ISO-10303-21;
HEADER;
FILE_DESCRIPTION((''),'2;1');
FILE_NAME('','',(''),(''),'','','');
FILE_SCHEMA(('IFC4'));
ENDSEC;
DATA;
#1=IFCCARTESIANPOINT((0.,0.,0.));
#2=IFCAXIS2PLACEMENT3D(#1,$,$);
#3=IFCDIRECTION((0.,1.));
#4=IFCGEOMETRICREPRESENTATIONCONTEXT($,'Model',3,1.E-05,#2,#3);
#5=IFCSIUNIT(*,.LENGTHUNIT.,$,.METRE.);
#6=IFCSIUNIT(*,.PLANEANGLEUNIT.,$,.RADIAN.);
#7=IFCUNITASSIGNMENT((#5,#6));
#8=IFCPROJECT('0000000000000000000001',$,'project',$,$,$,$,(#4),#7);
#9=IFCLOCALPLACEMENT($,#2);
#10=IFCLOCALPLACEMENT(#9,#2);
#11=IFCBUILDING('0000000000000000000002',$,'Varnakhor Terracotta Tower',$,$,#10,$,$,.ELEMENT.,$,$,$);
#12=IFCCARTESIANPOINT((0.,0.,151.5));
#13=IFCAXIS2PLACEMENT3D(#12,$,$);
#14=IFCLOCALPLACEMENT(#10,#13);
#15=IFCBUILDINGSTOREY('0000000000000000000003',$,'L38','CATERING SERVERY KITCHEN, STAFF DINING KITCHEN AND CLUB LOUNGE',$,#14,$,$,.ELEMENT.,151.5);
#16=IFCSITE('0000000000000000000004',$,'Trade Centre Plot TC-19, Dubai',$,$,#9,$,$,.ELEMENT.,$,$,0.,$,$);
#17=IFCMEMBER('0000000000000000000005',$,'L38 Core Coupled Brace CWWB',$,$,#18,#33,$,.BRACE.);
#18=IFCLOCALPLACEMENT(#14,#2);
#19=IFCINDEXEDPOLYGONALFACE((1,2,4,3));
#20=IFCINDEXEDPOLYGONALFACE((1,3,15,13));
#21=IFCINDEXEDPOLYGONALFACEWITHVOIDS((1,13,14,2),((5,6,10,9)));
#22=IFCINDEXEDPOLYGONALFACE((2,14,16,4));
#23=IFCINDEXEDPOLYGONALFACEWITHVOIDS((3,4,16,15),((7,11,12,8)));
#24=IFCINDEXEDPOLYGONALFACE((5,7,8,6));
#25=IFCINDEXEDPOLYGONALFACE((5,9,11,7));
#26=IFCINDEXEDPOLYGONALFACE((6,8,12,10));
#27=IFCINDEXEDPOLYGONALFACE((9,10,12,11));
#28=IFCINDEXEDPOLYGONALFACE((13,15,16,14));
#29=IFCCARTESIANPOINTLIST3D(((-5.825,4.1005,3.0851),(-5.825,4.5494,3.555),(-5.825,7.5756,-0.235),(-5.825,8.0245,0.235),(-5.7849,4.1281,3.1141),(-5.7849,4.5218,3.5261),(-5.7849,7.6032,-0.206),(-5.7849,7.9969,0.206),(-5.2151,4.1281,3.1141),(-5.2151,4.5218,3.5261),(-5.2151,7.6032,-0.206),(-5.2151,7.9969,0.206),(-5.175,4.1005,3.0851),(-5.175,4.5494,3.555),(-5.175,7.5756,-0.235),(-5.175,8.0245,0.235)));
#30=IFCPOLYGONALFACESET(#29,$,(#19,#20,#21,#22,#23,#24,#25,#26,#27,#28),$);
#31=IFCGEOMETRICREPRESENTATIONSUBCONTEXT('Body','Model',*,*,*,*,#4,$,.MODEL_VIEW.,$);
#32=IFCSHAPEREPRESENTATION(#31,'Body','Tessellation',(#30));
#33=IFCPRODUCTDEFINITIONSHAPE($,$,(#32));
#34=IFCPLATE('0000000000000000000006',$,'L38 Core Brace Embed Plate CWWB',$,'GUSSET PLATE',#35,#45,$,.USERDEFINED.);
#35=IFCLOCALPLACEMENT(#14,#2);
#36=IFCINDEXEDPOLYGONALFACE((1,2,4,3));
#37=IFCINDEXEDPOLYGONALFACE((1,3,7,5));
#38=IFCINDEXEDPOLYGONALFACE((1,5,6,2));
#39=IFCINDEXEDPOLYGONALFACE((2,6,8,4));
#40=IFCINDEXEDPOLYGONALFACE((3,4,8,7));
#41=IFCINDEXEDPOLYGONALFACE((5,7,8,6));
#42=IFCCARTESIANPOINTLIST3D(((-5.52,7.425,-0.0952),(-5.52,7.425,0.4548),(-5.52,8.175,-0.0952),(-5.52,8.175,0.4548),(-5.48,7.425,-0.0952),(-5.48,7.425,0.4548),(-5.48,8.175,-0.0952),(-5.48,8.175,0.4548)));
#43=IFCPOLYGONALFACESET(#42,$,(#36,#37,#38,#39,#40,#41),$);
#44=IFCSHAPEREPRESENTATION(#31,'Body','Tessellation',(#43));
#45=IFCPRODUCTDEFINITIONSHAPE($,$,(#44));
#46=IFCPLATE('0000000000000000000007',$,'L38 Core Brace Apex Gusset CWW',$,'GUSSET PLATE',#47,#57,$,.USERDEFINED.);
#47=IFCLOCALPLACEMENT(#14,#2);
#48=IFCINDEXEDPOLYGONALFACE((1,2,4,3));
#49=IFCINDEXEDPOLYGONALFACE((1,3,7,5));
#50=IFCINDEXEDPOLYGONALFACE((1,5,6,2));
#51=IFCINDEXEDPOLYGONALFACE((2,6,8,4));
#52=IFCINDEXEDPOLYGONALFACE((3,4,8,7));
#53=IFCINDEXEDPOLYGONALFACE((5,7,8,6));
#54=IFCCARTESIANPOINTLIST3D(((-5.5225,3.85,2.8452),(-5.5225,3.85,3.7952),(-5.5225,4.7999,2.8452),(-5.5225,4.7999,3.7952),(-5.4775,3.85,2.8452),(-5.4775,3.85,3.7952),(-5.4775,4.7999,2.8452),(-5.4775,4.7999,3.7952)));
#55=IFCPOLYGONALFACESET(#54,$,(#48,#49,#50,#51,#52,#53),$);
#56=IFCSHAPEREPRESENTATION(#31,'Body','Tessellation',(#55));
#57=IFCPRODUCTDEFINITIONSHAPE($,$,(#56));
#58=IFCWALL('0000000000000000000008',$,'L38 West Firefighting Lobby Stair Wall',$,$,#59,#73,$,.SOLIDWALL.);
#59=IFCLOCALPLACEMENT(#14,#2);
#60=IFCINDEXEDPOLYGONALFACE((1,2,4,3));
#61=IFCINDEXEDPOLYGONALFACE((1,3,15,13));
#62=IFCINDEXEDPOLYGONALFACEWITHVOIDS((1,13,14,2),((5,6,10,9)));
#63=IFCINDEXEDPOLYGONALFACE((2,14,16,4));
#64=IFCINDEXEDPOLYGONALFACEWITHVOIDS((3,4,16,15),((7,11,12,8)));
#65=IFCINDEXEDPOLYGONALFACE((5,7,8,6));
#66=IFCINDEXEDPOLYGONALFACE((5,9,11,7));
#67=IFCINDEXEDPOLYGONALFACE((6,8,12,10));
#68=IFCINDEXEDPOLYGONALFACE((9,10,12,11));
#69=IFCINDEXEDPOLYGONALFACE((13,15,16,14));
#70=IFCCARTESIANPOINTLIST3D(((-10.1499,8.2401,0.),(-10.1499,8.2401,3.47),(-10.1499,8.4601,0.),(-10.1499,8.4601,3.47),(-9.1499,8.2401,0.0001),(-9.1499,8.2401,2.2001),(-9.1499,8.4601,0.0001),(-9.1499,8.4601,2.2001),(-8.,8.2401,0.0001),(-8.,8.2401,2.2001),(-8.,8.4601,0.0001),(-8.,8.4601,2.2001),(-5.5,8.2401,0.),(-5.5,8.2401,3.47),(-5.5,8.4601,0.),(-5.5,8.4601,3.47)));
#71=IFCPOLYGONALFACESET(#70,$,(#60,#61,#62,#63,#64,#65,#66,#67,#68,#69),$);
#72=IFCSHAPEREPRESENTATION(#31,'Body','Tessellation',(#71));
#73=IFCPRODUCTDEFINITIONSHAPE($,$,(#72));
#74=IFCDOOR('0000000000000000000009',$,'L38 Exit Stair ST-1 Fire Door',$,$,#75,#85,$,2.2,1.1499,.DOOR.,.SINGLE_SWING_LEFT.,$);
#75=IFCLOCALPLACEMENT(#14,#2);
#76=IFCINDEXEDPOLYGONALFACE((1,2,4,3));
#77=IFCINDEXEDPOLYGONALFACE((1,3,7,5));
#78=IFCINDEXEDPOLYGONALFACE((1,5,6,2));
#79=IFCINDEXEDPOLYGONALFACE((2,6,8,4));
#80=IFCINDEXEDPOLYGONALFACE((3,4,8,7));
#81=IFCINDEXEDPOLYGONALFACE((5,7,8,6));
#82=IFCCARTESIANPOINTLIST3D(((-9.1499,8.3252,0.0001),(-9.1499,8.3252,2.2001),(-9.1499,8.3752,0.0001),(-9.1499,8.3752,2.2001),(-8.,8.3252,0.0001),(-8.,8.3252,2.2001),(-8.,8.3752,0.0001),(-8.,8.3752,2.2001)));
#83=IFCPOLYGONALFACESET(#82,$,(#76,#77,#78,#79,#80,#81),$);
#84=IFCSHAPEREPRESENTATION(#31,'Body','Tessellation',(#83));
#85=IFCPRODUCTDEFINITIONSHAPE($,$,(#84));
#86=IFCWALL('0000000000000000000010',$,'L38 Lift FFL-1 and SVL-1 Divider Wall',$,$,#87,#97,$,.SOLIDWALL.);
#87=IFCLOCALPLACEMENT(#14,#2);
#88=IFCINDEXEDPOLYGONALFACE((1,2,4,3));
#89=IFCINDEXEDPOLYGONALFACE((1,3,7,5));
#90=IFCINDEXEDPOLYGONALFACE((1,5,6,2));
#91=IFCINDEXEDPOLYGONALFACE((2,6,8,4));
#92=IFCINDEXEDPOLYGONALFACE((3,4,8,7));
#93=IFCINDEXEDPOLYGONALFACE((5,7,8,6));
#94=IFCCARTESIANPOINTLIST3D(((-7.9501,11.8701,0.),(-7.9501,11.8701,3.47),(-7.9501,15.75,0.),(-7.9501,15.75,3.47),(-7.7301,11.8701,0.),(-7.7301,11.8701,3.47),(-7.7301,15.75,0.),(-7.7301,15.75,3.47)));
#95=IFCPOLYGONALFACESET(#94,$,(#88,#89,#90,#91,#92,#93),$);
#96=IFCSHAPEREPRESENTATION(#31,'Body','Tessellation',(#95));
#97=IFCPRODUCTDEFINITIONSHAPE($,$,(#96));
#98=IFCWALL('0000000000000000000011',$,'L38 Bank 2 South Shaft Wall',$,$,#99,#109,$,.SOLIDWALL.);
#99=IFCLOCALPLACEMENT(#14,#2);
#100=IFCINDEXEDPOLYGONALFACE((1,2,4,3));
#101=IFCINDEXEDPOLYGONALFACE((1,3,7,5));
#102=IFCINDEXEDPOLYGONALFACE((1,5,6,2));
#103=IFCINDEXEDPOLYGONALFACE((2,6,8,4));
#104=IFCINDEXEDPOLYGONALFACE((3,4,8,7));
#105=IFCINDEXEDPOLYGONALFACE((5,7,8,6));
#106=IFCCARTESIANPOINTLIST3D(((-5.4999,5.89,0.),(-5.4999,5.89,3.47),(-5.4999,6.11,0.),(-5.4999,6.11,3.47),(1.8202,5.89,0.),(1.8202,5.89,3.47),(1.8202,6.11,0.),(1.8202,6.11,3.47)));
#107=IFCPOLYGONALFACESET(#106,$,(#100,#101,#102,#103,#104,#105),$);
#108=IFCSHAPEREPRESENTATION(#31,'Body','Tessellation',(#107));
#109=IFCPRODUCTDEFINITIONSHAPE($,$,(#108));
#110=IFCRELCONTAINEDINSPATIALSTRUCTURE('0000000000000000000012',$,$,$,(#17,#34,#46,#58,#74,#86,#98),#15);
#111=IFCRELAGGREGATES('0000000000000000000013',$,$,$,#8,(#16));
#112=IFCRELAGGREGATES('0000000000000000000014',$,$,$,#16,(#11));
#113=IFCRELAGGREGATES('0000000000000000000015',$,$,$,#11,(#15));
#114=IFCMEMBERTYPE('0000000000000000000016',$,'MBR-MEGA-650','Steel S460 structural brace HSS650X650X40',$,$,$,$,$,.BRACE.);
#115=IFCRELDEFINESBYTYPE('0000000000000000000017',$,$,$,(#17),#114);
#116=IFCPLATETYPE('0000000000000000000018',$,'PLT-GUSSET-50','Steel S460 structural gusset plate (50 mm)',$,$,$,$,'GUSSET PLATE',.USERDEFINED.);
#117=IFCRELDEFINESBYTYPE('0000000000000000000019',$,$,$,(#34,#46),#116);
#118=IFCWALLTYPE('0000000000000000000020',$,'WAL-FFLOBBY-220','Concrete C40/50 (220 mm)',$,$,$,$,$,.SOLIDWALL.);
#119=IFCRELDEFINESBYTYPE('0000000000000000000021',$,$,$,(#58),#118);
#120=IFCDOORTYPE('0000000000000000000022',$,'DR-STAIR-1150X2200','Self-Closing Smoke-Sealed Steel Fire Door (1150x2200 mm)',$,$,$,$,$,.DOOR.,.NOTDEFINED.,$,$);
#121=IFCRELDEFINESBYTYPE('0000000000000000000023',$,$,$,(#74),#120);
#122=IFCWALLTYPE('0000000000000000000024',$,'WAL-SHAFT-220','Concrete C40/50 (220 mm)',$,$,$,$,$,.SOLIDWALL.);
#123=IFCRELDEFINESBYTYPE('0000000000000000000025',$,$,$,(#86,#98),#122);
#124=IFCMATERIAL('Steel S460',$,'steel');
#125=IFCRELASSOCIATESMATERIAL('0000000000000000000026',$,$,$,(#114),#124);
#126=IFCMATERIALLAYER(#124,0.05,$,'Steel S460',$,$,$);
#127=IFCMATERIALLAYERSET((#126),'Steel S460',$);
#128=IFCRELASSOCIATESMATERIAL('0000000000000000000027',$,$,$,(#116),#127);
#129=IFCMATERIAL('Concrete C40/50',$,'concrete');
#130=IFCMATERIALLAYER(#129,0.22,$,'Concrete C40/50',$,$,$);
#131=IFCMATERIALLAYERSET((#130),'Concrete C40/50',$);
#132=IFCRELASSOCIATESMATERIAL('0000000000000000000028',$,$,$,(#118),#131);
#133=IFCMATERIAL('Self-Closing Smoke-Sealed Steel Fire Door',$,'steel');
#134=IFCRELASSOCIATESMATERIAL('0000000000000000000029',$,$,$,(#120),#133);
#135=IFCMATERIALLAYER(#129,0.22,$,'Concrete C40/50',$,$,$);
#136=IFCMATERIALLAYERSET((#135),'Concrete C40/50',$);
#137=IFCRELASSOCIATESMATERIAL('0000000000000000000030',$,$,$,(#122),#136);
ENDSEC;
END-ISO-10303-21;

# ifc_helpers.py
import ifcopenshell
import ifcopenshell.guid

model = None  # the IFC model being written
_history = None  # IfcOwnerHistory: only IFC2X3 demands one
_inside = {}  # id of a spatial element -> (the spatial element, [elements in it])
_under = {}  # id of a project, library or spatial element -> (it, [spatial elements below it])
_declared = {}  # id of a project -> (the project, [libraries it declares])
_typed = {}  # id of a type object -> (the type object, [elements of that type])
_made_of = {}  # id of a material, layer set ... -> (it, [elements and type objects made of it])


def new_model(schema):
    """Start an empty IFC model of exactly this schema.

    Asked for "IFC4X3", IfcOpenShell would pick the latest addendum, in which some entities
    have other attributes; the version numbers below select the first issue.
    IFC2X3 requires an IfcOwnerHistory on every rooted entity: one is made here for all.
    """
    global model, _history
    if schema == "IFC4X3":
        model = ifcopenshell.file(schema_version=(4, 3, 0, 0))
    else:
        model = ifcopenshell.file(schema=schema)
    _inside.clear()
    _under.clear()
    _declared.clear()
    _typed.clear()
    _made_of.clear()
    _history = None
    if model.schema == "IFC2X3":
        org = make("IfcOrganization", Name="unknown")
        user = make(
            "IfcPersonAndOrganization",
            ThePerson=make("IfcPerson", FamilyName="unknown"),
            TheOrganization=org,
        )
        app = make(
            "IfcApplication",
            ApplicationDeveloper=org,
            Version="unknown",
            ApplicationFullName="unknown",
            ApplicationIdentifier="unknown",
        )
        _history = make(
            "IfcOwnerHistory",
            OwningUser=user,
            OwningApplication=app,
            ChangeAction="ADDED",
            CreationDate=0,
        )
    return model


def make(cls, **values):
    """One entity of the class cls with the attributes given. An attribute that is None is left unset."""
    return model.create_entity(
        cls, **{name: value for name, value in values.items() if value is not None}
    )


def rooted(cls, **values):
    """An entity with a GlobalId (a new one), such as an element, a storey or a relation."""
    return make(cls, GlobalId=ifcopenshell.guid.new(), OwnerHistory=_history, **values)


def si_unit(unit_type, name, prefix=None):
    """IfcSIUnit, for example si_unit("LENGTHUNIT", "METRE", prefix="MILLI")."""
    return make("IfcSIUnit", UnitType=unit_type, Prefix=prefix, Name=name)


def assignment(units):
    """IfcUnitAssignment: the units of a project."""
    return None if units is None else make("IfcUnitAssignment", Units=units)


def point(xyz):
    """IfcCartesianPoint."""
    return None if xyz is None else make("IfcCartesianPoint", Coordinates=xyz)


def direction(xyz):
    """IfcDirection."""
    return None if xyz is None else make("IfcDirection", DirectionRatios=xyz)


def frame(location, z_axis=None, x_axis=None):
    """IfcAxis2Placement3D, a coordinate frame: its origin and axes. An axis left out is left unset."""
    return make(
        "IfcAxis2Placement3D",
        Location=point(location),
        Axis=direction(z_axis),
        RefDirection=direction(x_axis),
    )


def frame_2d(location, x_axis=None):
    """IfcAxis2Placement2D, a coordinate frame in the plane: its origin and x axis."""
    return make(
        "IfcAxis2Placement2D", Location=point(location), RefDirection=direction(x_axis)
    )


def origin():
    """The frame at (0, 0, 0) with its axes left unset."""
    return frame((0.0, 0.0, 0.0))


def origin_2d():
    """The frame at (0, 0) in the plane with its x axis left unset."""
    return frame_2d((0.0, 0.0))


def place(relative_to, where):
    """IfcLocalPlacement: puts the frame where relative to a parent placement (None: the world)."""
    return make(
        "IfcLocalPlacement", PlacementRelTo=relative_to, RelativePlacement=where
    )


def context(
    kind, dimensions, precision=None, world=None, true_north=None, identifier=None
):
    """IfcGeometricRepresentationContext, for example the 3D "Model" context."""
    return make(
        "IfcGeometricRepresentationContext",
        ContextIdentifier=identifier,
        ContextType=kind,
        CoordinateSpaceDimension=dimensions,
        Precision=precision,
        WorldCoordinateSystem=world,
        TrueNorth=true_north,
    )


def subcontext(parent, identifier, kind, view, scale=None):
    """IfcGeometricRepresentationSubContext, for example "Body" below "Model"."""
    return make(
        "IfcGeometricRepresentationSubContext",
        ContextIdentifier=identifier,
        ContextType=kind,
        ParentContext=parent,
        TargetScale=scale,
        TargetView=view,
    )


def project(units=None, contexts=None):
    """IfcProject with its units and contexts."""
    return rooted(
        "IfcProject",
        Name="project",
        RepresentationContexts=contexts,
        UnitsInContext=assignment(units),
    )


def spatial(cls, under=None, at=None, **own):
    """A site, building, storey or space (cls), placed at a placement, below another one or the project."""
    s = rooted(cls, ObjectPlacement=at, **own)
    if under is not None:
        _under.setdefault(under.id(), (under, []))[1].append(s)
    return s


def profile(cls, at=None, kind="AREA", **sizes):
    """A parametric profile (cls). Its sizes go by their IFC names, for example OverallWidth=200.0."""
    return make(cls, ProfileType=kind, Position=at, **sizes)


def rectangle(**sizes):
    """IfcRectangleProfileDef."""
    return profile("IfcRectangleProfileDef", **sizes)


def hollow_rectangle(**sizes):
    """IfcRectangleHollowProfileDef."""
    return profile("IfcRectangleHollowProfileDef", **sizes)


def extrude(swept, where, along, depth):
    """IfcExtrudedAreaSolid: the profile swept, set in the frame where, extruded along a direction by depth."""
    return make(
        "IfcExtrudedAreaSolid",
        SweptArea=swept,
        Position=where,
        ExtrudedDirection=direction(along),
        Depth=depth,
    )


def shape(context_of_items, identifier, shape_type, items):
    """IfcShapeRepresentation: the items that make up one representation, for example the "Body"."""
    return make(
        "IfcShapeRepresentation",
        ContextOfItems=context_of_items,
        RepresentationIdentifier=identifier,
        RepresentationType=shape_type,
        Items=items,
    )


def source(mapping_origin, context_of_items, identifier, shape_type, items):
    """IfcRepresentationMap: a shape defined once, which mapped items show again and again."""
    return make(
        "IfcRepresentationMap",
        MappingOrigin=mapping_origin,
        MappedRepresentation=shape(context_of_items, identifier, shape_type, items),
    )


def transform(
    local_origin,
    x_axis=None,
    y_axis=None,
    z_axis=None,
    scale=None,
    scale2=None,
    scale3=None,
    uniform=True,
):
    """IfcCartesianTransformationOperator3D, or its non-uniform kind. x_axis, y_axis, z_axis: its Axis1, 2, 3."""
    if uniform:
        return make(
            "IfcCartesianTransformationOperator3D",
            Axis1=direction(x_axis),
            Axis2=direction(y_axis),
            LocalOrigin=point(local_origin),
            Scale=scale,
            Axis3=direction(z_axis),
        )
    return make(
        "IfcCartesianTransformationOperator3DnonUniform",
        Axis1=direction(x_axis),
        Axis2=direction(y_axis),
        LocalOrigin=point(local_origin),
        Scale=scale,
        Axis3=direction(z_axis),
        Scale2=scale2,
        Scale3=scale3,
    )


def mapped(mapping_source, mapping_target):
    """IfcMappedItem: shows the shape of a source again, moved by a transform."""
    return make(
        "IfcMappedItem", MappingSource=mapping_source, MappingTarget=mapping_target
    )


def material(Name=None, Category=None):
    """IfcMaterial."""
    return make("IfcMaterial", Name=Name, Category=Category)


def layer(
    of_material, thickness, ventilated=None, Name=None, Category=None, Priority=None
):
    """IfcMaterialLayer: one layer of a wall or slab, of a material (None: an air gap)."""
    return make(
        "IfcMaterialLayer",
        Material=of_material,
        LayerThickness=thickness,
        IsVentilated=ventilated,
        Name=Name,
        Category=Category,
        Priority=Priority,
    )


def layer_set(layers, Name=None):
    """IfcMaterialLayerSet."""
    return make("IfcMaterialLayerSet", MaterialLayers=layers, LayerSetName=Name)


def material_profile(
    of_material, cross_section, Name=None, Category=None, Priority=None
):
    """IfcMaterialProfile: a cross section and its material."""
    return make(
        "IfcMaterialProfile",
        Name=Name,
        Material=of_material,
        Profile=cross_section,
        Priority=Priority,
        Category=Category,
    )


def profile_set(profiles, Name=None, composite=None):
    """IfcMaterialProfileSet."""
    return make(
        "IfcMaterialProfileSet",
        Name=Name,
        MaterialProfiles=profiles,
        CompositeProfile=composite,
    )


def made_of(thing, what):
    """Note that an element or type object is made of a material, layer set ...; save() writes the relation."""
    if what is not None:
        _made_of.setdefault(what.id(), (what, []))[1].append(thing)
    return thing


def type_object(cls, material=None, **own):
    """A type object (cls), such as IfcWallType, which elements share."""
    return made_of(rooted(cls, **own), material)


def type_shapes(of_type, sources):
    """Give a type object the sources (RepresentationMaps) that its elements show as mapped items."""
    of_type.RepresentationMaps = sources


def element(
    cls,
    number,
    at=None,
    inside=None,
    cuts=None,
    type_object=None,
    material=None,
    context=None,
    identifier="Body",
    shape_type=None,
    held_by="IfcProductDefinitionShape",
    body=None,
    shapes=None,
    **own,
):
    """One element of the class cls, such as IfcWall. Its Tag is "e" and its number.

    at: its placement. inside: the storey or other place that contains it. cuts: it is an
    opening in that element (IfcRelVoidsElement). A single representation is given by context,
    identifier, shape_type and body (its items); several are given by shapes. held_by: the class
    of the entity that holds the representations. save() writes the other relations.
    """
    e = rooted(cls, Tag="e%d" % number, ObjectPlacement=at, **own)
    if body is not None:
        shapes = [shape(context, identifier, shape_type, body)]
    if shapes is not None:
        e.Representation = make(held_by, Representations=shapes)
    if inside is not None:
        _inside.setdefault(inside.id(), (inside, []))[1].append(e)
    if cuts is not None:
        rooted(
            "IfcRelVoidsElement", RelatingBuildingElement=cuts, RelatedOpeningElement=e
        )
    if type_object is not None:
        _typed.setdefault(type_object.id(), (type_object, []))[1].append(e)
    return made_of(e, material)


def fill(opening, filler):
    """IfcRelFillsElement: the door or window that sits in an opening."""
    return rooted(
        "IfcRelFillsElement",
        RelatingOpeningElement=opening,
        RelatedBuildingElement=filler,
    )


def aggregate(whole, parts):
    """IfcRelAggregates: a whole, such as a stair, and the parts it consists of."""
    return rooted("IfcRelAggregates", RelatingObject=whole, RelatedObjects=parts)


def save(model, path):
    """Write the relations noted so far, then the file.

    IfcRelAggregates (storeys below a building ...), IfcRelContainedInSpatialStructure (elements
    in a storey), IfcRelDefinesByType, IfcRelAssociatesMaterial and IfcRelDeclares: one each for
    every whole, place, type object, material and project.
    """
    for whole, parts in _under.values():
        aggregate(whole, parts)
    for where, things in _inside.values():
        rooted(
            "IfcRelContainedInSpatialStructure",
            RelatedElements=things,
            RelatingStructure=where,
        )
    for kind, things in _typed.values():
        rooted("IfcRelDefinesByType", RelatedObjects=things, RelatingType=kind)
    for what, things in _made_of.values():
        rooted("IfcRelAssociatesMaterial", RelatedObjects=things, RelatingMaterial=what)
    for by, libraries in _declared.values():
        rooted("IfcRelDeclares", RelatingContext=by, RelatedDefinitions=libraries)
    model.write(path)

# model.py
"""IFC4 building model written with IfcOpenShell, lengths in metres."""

from ifc_helpers import new_model, si_unit, direction, frame, frame_2d, origin, origin_2d, place, context, subcontext, project, spatial, rectangle, hollow_rectangle, extrude, source, transform, mapped, material, layer, layer_set, material_profile, profile_set, type_object, type_shapes, element, fill, save


model = new_model("IFC4")

# Units and contexts
model_context = context("Model", 3, precision=1e-05, world=origin(), true_north=direction((0.0, 1.0)))
body_context = subcontext(model_context, "Body", "Model", "MODEL_VIEW")
ifc_project = project(units=[si_unit("LENGTHUNIT", "METRE"), si_unit("PLANEANGLEUNIT", "RADIAN")], contexts=[model_context])

# Site, building, storey
site_placement = place(None, origin())
site = spatial("IfcSite", under=ifc_project, at=site_placement, Name="Trade Centre Plot TC-19, Dubai", CompositionType="ELEMENT", RefElevation=0.0)
building_placement = place(site_placement, origin())
building = spatial("IfcBuilding", under=site, at=building_placement, Name="Varnakhor Terracotta Tower", CompositionType="ELEMENT")
storey_placement = place(building_placement, frame((0.0, 0.0, 151.5)))
storey = spatial("IfcBuildingStorey", under=building, at=storey_placement, Name="L38", Description="CATERING SERVERY KITCHEN, STAFF DINING KITCHEN AND CLUB LOUNGE", CompositionType="ELEMENT", Elevation=151.5)

# Member
ifc_material_1 = material(Name="Steel S460", Category="steel")
ifc_material_profile = material_profile(ifc_material_1, hollow_rectangle(XDim=0.6499, YDim=0.6499, WallThickness=0.04, at=origin_2d()), Name="HSS650X650X40")
ifc_profile_set = profile_set([ifc_material_profile], Name="Steel S460")
member_type = type_object("IfcMemberType", Name="MBR-MEGA-650", Description="Steel S460 structural brace HSS650X650X40", PredefinedType="BRACE", material=ifc_profile_set)
shared_shape_1 = source(origin(), body_context, "Body", "SweptSolid", [
    extrude(hollow_rectangle(XDim=0.6499, YDim=0.6499, WallThickness=0.04, at=origin_2d()), origin(), (0.0, 0.0, 1.0), 4.8062),
])
member_placement = place(storey_placement, frame((-5.5, 7.8, 0.0), z_axis=(0.0, -0.723051, 0.690795), x_axis=(1.0, 0.0, 0.0)))
element("IfcMember", 1, at=member_placement, inside=storey, type_object=member_type, Name="L38 Core Coupled Brace CWWB", PredefinedType="BRACE", context=body_context, shape_type="MappedRepresentation", body=[
    mapped(shared_shape_1, transform((0.0, 0.0, 0.0), scale=1.0)),
])

# Plates
ifc_layer_1 = layer(ifc_material_1, 0.05, Name="Steel S460")
ifc_layer_set_1 = layer_set([ifc_layer_1], Name="Steel S460")
plate_type = type_object("IfcPlateType", Name="PLT-GUSSET-50", Description="Steel S460 structural gusset plate (50 mm)", ElementType="GUSSET PLATE", PredefinedType="USERDEFINED", material=ifc_layer_set_1)
shared_shape_2 = source(origin(), body_context, "Body", "SweptSolid", [
    extrude(rectangle(XDim=0.75, YDim=0.04, at=origin_2d()), origin(), (0.0, 0.0, 1.0), 0.55),
])
type_shapes(plate_type, [shared_shape_2])
plate_1_placement = place(storey_placement, frame((-5.5, 7.8, -0.0952), z_axis=(0.0, 0.0, 1.0), x_axis=(0.0, 1.0, 0.0)))
element("IfcPlate", 2, at=plate_1_placement, inside=storey, type_object=plate_type, Name="L38 Core Brace Embed Plate CWWB", ObjectType="GUSSET PLATE", PredefinedType="USERDEFINED", context=body_context, shape_type="MappedRepresentation", body=[
    mapped(shared_shape_2, transform((0.0, 0.0, 0.0), scale=1.0)),
])
shared_shape_3 = source(origin(), body_context, "Body", "SweptSolid", [
    extrude(rectangle(XDim=0.95, YDim=0.0449, at=origin_2d()), origin(), (0.0, 0.0, 1.0), 0.95),
])
plate_2_placement = place(storey_placement, frame((-5.5, 4.325, 2.8452), z_axis=(0.0, 0.0, 1.0), x_axis=(0.0, 1.0, 0.0)))
element("IfcPlate", 3, at=plate_2_placement, inside=storey, type_object=plate_type, Name="L38 Core Brace Apex Gusset CWW", ObjectType="GUSSET PLATE", PredefinedType="USERDEFINED", context=body_context, shape_type="MappedRepresentation", body=[
    mapped(shared_shape_3, transform((0.0, 0.0, 0.0), scale=1.0)),
])

# Wall, opening, door
ifc_material_2 = material(Name="Concrete C40/50", Category="concrete")
ifc_layer_2 = layer(ifc_material_2, 0.22, Name="Concrete C40/50")
ifc_layer_set_2 = layer_set([ifc_layer_2], Name="Concrete C40/50")
wall_type_1 = type_object("IfcWallType", Name="WAL-FFLOBBY-220", Description="Concrete C40/50 (220 mm)", PredefinedType="SOLIDWALL", material=ifc_layer_set_2)
wall_1_placement = place(storey_placement, frame((-5.5, 8.3501, 0.0), z_axis=(0.0, 0.0, 1.0), x_axis=(-1.0, 0.0, 0.0)))
wall_1 = element("IfcWall", 4, at=wall_1_placement, inside=storey, type_object=wall_type_1, Name="L38 West Firefighting Lobby Stair Wall", PredefinedType="SOLIDWALL", context=body_context, shape_type="SweptSolid", body=[
    extrude(rectangle(XDim=4.6499, YDim=0.22, at=frame_2d((2.325, 0.0))), origin(), (0.0, 0.0, 1.0), 3.47),
])
opening_1_placement = place(wall_1_placement, frame((2.5, 0.0, 0.0)))
opening_1 = element("IfcOpeningElement", 5, at=opening_1_placement, cuts=wall_1, PredefinedType="OPENING", context=body_context, shape_type="SweptSolid", body=[
    extrude(rectangle(XDim=1.1499, YDim=2.2, at=frame_2d((0.575, 1.1001))), frame((0.0, 0.1201, 0.0), z_axis=(0.0, -1.0, 0.0), x_axis=(1.0, 0.0, 0.0)), (0.0, 0.0, 1.0), 0.24),
])
ifc_material_3 = material(Name="Self-Closing Smoke-Sealed Steel Fire Door", Category="steel")
door_type_1 = type_object("IfcDoorType", Name="DR-STAIR-1150X2200", Description="Self-Closing Smoke-Sealed Steel Fire Door (1150x2200 mm)", OperationType="NOTDEFINED", PredefinedType="DOOR", material=ifc_material_3)
shared_shape_4 = source(origin(), body_context, "Body", "SweptSolid", [
    extrude(rectangle(XDim=1.1499, YDim=2.2, at=frame_2d((0.575, 1.1001))), frame((0.0, 0.0249, 0.0), z_axis=(0.0, -1.0, 0.0), x_axis=(1.0, 0.0, 0.0)), (0.0, 0.0, 1.0), 0.05),
])
type_shapes(door_type_1, [shared_shape_4])
door_1_placement = place(opening_1_placement, origin())
door_1 = element("IfcDoor", 6, at=door_1_placement, inside=storey, type_object=door_type_1, Name="L38 Exit Stair ST-1 Fire Door", OperationType="SINGLE_SWING_LEFT", OverallHeight=2.2, OverallWidth=1.1499, PredefinedType="DOOR", context=body_context, shape_type="MappedRepresentation", body=[
    mapped(shared_shape_4, transform((0.0, 0.0, 0.0), scale=1.0)),
])
fill(opening_1, door_1)

# Walls
ifc_layer_3 = layer(ifc_material_2, 0.22, Name="Concrete C40/50")
ifc_layer_set_3 = layer_set([ifc_layer_3], Name="Concrete C40/50")
wall_type_2 = type_object("IfcWallType", Name="WAL-SHAFT-220", Description="Concrete C40/50 (220 mm)", PredefinedType="SOLIDWALL", material=ifc_layer_set_3)
wall_2_placement = place(storey_placement, frame((-7.8401, 11.8701, 0.0), z_axis=(0.0, 0.0, 1.0), x_axis=(0.0, 1.0, 0.0)))
element("IfcWall", 7, at=wall_2_placement, inside=storey, type_object=wall_type_2, Name="L38 Lift FFL-1 and SVL-1 Divider Wall", PredefinedType="SOLIDWALL", context=body_context, shape_type="SweptSolid", body=[
    extrude(rectangle(XDim=3.8799, YDim=0.22, at=frame_2d((1.9399, 0.0))), origin(), (0.0, 0.0, 1.0), 3.47),
])
wall_3_placement = place(storey_placement, frame((-5.5, 6.0, 0.0), z_axis=(0.0, 0.0, 1.0), x_axis=(1.0, 0.0, 0.0)))
element("IfcWall", 8, at=wall_3_placement, inside=storey, type_object=wall_type_2, Name="L38 Bank 2 South Shaft Wall", PredefinedType="SOLIDWALL", context=body_context, shape_type="SweptSolid", body=[
    extrude(rectangle(XDim=7.3201, YDim=0.22, at=frame_2d((3.6602, 0.0))), origin(), (0.0, 0.0, 1.0), 3.47),
])

save(model, "model.ifc")
